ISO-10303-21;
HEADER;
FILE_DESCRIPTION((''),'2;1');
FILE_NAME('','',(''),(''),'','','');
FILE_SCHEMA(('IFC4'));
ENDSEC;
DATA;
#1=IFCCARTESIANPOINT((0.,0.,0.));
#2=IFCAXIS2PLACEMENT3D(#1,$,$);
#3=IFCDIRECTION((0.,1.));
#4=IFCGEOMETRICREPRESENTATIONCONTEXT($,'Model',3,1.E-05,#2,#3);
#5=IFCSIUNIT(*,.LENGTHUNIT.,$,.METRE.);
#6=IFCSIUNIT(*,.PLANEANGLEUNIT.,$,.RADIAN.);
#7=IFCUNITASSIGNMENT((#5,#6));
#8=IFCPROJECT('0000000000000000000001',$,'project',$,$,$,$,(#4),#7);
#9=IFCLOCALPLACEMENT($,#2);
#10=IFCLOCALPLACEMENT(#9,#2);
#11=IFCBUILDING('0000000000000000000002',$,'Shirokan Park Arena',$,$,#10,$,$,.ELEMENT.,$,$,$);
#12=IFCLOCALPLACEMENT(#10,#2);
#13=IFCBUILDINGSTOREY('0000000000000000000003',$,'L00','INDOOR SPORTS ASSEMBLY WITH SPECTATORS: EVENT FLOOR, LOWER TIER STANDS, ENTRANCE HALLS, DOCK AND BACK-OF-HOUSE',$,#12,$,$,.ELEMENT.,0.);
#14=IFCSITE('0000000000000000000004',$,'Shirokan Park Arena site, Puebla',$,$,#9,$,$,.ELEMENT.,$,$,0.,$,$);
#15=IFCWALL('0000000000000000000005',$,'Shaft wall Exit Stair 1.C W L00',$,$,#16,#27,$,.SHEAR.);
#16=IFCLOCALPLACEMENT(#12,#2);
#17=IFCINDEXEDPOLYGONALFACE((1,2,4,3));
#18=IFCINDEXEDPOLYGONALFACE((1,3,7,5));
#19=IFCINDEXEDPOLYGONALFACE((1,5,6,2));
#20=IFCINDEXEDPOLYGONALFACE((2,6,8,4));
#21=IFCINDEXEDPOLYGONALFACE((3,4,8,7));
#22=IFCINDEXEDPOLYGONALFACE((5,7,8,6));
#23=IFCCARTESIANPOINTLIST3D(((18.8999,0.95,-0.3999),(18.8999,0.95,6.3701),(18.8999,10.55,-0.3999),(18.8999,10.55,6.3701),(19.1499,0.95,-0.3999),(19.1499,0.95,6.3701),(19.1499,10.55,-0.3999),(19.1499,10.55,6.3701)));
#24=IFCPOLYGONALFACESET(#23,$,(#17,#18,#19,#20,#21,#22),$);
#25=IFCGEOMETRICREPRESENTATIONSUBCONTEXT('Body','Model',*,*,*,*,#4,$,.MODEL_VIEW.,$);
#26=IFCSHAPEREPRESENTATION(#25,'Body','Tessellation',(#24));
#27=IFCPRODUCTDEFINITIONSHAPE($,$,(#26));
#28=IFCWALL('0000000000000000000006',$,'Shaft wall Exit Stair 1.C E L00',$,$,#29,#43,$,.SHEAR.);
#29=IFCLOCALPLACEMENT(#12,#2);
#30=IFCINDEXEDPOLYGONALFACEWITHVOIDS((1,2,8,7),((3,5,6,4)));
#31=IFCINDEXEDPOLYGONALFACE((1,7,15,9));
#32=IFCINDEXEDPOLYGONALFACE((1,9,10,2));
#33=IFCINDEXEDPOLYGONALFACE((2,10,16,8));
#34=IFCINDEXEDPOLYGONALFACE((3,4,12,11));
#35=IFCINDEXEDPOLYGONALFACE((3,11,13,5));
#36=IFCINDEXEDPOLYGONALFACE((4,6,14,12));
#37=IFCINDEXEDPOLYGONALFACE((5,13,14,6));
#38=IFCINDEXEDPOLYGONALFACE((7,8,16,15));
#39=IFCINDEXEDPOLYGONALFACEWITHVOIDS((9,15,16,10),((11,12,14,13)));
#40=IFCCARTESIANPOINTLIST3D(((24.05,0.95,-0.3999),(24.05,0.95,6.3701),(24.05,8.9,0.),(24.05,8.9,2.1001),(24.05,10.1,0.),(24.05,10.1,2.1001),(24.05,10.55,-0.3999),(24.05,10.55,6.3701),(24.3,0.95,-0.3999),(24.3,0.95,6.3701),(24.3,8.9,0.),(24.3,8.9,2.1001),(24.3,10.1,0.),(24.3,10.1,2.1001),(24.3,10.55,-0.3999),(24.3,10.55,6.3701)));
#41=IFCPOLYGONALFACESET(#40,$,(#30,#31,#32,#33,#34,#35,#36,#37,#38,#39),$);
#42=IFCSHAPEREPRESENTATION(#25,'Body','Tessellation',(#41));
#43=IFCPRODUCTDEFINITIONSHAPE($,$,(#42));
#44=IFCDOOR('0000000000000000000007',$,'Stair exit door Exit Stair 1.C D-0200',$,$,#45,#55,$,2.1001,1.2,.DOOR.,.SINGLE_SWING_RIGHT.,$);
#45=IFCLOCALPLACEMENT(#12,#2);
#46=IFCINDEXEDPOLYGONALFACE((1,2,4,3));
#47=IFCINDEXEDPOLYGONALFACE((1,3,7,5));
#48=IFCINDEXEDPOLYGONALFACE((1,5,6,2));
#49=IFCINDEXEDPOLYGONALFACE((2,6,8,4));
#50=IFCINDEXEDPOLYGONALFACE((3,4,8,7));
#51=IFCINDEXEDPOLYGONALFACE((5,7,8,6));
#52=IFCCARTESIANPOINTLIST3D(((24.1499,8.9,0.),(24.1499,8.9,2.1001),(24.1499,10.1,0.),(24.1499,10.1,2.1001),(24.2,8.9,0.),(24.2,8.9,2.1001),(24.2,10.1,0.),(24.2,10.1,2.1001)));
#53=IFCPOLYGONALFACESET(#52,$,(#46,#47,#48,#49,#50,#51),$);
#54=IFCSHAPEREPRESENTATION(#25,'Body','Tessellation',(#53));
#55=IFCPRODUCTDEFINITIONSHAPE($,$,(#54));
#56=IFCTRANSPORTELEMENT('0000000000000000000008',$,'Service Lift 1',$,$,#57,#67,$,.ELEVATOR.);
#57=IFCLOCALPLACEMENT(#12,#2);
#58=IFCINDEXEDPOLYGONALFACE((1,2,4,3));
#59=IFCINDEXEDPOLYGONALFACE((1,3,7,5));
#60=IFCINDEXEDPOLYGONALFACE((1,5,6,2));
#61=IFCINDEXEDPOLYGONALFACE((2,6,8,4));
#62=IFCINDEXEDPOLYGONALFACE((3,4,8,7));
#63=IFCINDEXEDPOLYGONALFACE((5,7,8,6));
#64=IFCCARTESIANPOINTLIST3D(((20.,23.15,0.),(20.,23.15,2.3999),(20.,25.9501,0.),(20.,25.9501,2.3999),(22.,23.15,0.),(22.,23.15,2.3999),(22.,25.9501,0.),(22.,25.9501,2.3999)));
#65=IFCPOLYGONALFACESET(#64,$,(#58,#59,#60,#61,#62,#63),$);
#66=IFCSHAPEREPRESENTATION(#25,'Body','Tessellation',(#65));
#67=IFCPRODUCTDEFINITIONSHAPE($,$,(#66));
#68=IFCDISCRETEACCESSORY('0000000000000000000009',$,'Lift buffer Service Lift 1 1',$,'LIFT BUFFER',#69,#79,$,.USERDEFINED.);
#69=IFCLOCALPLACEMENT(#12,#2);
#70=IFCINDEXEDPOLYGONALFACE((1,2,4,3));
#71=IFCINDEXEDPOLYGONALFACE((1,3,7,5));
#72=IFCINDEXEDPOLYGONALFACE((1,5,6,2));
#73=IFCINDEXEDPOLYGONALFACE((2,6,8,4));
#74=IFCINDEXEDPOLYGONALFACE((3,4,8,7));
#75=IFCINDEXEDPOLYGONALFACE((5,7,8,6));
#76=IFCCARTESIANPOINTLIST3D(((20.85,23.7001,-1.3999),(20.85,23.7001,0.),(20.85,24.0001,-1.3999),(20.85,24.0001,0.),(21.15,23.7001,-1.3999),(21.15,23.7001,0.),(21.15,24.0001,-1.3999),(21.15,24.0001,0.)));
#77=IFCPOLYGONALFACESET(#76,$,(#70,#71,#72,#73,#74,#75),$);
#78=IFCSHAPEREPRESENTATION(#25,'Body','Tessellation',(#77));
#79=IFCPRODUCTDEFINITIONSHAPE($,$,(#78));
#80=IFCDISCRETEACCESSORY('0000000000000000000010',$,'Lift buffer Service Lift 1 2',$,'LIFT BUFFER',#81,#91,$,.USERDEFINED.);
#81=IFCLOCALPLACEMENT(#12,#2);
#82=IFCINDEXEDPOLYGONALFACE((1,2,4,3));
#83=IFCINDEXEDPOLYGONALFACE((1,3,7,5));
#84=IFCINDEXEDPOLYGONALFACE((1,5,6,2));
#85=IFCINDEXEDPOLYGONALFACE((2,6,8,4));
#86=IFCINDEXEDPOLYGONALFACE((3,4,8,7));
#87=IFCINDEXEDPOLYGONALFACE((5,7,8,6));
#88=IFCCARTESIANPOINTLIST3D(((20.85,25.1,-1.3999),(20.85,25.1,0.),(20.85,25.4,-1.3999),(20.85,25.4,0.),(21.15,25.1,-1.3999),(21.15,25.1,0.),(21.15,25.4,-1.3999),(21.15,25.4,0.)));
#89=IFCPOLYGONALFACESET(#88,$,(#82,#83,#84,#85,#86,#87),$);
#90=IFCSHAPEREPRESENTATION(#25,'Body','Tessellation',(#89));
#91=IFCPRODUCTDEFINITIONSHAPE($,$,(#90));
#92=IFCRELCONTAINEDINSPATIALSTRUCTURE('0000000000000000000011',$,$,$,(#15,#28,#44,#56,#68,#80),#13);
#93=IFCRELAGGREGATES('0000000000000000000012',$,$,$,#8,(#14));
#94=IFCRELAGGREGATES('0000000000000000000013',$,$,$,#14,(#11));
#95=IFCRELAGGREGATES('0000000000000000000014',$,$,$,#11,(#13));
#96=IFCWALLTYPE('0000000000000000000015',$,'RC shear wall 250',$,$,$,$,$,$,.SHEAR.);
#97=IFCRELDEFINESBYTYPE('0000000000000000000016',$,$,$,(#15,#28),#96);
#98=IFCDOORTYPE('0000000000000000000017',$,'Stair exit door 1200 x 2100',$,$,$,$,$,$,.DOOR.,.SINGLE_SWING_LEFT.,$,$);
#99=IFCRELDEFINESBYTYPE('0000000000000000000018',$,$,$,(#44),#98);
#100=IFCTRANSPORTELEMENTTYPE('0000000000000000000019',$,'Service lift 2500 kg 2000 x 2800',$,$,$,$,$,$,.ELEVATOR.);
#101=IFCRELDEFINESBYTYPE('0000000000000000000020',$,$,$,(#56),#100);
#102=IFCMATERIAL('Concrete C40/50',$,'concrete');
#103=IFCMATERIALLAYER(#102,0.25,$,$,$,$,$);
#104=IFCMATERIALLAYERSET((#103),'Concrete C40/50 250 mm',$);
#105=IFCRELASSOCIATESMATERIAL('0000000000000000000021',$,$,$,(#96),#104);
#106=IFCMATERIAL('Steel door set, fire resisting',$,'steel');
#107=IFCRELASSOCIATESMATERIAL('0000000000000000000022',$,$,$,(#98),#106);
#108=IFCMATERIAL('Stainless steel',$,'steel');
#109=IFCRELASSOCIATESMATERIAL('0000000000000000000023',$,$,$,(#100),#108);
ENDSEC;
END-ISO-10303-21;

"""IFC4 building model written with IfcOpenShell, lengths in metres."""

from ifc_helpers import new_model, si_unit, direction, frame, frame_2d, origin, origin_2d, place, context, subcontext, project, spatial, rectangle, extrude, material, layer, layer_set, type_object, element, fill, save


model = new_model("IFC4")

# Units and contexts
model_context = context("Model", 3, precision=1e-05, world=origin(), true_north=direction((0.0, 1.0)))
body_context = subcontext(model_context, "Body", "Model", "MODEL_VIEW")
ifc_project = project(units=[si_unit("LENGTHUNIT", "METRE"), si_unit("PLANEANGLEUNIT", "RADIAN")], contexts=[model_context])

# Site, building, storey
site_placement = place(None, origin())
site = spatial("IfcSite", under=ifc_project, at=site_placement, Name="Shirokan Park Arena site, Puebla", CompositionType="ELEMENT", RefElevation=0.0)
building_placement = place(site_placement, origin())
building = spatial("IfcBuilding", under=site, at=building_placement, Name="Shirokan Park Arena", CompositionType="ELEMENT")
storey_placement = place(building_placement, origin())
storey = spatial("IfcBuildingStorey", under=building, at=storey_placement, Name="L00", Description="INDOOR SPORTS ASSEMBLY WITH SPECTATORS: EVENT FLOOR, LOWER TIER STANDS, ENTRANCE HALLS, DOCK AND BACK-OF-HOUSE", CompositionType="ELEMENT", Elevation=0.0)

# Shared definitions
ifc_material_1 = material(Name="Concrete C40/50", Category="concrete")
ifc_layer_1 = layer(ifc_material_1, 0.25)
ifc_layer_set_1 = layer_set([ifc_layer_1], Name="Concrete C40/50 250 mm")
wall_type_1 = type_object("IfcWallType", Name="RC shear wall 250", PredefinedType="SHEAR", material=ifc_layer_set_1)
ifc_material_2 = material(Name="Stainless steel", Category="steel")
ifc_material_3 = material(Name="Steel door set, fire resisting", Category="steel")
door_type_1 = type_object("IfcDoorType", Name="Stair exit door 1200 x 2100", OperationType="SINGLE_SWING_LEFT", PredefinedType="DOOR", material=ifc_material_3)

# Wall
wall_1_placement = place(storey_placement, frame((19.0249, 10.55, -0.3999), z_axis=(0.0, 0.0, 1.0), x_axis=(0.0, -1.0, 0.0)))
element("IfcWall", 1, at=wall_1_placement, inside=storey, type_object=wall_type_1, Name="Shaft wall Exit Stair 1.C W L00", PredefinedType="SHEAR", context=body_context, shape_type="SweptSolid", body=[
    extrude(rectangle(XDim=9.6001, YDim=0.25, at=frame_2d((4.8, 0.0))), origin(), (0.0, 0.0, 1.0), 6.77),
])

# Wall, opening, door
wall_2_placement = place(storey_placement, frame((24.175, 10.55, -0.3999), z_axis=(0.0, 0.0, 1.0), x_axis=(0.0, -1.0, 0.0)))
wall_2 = element("IfcWall", 2, at=wall_2_placement, inside=storey, type_object=wall_type_1, Name="Shaft wall Exit Stair 1.C E L00", PredefinedType="SHEAR", context=body_context, shape_type="SweptSolid", body=[
    extrude(rectangle(XDim=9.6001, YDim=0.25, at=frame_2d((4.8, 0.0))), origin(), (0.0, 0.0, 1.0), 6.77),
])
opening_1_placement = place(wall_2_placement, frame((0.45, 0.0, 0.3999)))
opening_1 = element("IfcOpeningElement", 3, at=opening_1_placement, cuts=wall_2, PredefinedType="OPENING", context=body_context, shape_type="SweptSolid", body=[
    extrude(rectangle(XDim=1.2, YDim=2.1001, at=frame_2d((0.6001, 1.05))), frame((0.0, 0.135, 0.0), z_axis=(0.0, -1.0, 0.0), x_axis=(1.0, 0.0, 0.0)), (0.0, 0.0, 1.0), 0.27),
])
door_1_placement = place(opening_1_placement, origin())
door_1 = element("IfcDoor", 4, at=door_1_placement, inside=storey, type_object=door_type_1, Name="Stair exit door Exit Stair 1.C D-0200", OperationType="SINGLE_SWING_RIGHT", OverallHeight=2.1001, OverallWidth=1.2, PredefinedType="DOOR", context=body_context, shape_type="SweptSolid", body=[
    extrude(rectangle(XDim=1.2, YDim=2.1001, at=frame_2d((0.6001, 1.05))), frame((0.0, 0.0249, 0.0), z_axis=(0.0, -1.0, 0.0), x_axis=(1.0, 0.0, 0.0)), (0.0, 0.0, 1.0), 0.05),
])
fill(opening_1, door_1)

# Transport element
transport_element_type = type_object("IfcTransportElementType", Name="Service lift 2500 kg 2000 x 2800", PredefinedType="ELEVATOR", material=ifc_material_2)
transport_element_placement = place(storey_placement, frame((21.0, 24.55, 0.0), z_axis=(0.0, 0.0, 1.0), x_axis=(1.0, 0.0, 0.0)))
element("IfcTransportElement", 5, at=transport_element_placement, inside=storey, type_object=transport_element_type, Name="Service Lift 1", PredefinedType="ELEVATOR", context=body_context, shape_type="SweptSolid", body=[
    extrude(rectangle(XDim=2.0, YDim=2.8, at=origin_2d()), origin(), (0.0, 0.0, 1.0), 2.3999),
])

# Discrete accessories
for number, where, z_axis, x_axis, name in (
    (6, (21.0, 23.8501, -1.3999), (0.0, 0.0, 1.0), (1.0, 0.0, 0.0), "Lift buffer Service Lift 1 1"),
    (7, (21.0, 25.25, -1.3999), (0.0, 0.0, 1.0), (1.0, 0.0, 0.0), "Lift buffer Service Lift 1 2"),
):
    element("IfcDiscreteAccessory", number, at=place(storey_placement, frame(where, z_axis=z_axis, x_axis=x_axis)), inside=storey, Name=name, ObjectType="LIFT BUFFER", PredefinedType="USERDEFINED", context=body_context, shape_type="SweptSolid", body=[
        extrude(rectangle(XDim=0.3, YDim=0.3, at=origin_2d()), origin(), (0.0, 0.0, 1.0), 1.3999),
    ])

save(model, "model.ifc")
